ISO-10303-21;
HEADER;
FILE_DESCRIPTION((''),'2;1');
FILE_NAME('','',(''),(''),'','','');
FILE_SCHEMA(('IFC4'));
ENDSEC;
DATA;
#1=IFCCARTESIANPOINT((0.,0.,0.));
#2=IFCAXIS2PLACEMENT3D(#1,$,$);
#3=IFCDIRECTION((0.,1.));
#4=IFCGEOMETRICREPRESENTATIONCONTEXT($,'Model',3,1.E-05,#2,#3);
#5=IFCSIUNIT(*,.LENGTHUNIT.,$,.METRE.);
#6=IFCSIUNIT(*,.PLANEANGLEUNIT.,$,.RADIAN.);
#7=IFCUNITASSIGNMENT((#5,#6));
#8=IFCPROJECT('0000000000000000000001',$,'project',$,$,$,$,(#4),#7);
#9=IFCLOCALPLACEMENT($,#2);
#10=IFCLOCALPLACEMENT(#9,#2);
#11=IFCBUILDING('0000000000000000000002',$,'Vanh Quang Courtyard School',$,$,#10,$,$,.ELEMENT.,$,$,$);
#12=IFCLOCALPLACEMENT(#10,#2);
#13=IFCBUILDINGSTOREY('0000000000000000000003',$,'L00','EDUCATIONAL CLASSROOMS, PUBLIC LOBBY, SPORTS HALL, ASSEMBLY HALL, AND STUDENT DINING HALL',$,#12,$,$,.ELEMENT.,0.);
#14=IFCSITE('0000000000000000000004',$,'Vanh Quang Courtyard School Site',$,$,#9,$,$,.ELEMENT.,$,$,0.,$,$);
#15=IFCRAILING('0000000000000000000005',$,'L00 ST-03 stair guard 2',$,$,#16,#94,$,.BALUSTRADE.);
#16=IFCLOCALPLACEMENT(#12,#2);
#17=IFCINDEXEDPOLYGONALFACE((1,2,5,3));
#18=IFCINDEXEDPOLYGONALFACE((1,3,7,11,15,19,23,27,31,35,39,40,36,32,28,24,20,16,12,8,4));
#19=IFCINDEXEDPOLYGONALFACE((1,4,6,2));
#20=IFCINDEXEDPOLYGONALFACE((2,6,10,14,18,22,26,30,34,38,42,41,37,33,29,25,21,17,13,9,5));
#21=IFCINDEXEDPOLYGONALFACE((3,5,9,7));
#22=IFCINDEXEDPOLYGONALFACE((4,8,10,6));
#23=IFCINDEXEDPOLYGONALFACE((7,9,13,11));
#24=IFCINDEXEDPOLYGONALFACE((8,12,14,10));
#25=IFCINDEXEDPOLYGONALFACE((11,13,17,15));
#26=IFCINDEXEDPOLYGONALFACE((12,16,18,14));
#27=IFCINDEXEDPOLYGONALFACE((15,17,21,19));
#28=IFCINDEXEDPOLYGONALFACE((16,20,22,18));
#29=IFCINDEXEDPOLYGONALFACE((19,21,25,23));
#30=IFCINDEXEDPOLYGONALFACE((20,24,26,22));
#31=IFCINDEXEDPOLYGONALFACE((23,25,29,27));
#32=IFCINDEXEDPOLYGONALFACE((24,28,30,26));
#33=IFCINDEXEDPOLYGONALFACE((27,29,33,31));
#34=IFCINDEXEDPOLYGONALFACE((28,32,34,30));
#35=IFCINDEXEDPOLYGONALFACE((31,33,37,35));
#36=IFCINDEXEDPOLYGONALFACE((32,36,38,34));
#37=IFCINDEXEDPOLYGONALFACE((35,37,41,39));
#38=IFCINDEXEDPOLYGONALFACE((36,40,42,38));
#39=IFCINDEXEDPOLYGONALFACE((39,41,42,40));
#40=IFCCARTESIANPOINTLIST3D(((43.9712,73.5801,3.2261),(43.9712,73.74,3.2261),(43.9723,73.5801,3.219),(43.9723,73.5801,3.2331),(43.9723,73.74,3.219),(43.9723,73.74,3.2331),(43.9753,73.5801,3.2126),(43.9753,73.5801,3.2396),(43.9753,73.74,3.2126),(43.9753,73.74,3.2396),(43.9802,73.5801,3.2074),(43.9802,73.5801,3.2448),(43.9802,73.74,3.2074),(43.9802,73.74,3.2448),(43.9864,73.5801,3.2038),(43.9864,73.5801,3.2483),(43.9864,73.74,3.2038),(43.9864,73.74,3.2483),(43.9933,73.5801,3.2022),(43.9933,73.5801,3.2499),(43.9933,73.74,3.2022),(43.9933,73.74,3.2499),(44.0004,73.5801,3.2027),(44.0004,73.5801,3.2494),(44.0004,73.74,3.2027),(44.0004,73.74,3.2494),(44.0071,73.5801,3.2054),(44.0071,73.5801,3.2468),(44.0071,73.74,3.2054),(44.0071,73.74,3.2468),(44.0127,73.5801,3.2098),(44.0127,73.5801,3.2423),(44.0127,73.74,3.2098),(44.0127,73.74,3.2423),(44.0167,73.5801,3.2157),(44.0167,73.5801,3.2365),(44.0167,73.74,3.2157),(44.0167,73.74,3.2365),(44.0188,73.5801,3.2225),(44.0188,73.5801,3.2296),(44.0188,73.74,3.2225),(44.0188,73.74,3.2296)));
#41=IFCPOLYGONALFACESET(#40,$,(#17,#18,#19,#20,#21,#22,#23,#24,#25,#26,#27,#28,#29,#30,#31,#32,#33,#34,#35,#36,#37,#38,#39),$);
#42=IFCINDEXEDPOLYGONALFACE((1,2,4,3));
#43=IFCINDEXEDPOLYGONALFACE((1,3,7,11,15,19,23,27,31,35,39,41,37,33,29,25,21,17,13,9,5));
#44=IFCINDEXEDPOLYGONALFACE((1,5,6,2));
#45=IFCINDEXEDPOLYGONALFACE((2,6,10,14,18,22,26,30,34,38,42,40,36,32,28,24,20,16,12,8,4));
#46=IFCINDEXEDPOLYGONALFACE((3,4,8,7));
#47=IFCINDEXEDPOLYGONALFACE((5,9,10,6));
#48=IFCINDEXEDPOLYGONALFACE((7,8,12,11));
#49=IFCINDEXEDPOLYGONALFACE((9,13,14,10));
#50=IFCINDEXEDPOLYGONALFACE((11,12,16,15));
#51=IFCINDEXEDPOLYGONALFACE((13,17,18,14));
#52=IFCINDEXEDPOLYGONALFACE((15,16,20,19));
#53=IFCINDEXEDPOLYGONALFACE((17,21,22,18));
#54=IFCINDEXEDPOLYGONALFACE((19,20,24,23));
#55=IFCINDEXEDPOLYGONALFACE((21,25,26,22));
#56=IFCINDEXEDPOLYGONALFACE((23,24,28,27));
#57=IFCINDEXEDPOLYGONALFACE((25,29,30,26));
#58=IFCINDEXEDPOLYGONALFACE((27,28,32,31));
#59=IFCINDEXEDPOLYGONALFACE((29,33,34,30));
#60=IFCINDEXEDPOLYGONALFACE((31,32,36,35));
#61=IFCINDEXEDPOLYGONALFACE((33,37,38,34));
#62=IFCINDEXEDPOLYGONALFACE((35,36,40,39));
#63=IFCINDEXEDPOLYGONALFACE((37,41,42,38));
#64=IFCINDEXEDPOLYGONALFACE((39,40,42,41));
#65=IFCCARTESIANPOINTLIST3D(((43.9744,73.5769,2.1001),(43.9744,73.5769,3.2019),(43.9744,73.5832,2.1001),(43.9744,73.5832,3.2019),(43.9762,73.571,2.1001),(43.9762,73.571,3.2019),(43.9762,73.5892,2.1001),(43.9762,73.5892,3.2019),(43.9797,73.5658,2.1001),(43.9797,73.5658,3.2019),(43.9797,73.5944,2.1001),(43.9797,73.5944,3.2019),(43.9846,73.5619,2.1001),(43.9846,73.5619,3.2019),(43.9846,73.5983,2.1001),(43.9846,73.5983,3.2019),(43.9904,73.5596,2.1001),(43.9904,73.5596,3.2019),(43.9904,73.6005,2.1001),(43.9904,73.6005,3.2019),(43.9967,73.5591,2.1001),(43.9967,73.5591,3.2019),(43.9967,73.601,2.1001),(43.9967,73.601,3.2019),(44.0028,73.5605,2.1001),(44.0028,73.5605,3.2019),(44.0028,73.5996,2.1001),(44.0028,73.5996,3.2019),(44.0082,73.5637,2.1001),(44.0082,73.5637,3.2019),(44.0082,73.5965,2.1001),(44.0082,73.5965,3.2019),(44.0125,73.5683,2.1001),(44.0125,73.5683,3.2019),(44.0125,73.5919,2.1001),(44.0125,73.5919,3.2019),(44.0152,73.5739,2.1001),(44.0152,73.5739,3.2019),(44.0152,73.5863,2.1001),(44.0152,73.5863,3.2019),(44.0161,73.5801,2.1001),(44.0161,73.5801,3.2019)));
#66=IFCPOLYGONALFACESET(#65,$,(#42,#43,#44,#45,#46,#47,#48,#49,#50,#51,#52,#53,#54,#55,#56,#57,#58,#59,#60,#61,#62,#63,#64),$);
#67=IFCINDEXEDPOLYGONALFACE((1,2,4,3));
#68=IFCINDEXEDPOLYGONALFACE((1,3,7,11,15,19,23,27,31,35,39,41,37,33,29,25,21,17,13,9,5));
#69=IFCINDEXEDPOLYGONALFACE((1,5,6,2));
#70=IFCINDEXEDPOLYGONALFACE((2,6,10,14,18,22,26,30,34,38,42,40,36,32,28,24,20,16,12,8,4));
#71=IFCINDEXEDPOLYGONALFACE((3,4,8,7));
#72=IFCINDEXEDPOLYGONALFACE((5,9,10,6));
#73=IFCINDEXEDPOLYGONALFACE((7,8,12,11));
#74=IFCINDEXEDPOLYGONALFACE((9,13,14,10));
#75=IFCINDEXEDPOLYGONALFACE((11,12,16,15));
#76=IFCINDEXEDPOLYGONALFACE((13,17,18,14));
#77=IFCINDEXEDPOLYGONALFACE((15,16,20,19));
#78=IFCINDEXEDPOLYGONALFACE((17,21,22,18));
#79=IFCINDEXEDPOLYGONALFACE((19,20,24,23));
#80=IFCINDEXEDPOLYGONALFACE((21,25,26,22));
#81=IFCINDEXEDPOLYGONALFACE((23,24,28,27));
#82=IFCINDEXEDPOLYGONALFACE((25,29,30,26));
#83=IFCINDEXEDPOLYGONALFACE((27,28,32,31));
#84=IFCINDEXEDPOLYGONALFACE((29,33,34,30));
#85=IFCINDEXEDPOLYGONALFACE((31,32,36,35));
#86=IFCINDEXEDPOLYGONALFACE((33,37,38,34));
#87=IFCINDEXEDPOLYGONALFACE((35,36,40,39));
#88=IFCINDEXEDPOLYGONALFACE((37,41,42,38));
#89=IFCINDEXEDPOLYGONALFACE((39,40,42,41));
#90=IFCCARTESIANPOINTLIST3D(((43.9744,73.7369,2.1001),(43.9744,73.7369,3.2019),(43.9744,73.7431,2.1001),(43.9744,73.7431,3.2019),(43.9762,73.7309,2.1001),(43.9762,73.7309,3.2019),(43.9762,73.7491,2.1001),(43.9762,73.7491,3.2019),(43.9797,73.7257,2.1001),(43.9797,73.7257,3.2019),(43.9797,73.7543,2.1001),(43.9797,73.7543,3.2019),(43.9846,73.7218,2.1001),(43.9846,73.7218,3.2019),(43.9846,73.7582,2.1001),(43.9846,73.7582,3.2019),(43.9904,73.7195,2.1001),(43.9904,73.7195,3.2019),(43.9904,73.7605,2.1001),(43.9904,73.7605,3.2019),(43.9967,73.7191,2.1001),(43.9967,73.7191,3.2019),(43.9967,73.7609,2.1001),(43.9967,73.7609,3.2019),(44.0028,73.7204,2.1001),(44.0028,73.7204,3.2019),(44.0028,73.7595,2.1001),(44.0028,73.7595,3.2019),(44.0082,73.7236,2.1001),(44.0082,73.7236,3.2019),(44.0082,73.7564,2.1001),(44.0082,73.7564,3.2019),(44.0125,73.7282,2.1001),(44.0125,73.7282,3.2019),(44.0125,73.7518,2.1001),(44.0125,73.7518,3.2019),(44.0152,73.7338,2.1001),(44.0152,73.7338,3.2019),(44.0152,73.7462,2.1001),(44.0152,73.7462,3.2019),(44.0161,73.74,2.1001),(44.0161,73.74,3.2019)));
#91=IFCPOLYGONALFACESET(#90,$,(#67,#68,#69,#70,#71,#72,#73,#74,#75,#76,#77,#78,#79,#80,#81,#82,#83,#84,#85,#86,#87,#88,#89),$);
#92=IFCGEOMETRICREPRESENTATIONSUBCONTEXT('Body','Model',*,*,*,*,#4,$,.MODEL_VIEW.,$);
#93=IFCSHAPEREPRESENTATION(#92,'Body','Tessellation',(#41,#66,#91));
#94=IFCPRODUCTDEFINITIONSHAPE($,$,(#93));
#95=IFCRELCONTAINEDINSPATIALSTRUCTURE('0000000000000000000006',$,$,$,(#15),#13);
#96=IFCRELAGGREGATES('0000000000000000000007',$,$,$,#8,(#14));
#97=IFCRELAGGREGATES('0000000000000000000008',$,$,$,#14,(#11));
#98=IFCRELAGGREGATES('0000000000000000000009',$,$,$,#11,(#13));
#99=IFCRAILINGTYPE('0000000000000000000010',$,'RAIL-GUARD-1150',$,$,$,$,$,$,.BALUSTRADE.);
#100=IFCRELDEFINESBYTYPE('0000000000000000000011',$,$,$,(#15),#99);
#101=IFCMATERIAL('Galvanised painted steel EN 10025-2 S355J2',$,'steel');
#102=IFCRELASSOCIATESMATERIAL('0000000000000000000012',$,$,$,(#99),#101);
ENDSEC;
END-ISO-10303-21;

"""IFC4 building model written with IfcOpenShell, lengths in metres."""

from ifc_helpers import new_model, si_unit, direction, frame, origin, origin_2d, place, context, subcontext, project, spatial, circle, extrude, material, type_object, element, save


model = new_model("IFC4")

# Units and contexts
model_context = context("Model", 3, precision=1e-05, world=origin(), true_north=direction((0.0, 1.0)))
body_context = subcontext(model_context, "Body", "Model", "MODEL_VIEW")
ifc_project = project(units=[si_unit("LENGTHUNIT", "METRE"), si_unit("PLANEANGLEUNIT", "RADIAN")], contexts=[model_context])

# Site, building, storey
site_placement = place(None, origin())
site = spatial("IfcSite", under=ifc_project, at=site_placement, Name="Vanh Quang Courtyard School Site", CompositionType="ELEMENT", RefElevation=0.0)
building_placement = place(site_placement, origin())
building = spatial("IfcBuilding", under=site, at=building_placement, Name="Vanh Quang Courtyard School", CompositionType="ELEMENT")
storey_placement = place(building_placement, origin())
storey = spatial("IfcBuildingStorey", under=building, at=storey_placement, Name="L00", Description="EDUCATIONAL CLASSROOMS, PUBLIC LOBBY, SPORTS HALL, ASSEMBLY HALL, AND STUDENT DINING HALL", CompositionType="ELEMENT", Elevation=0.0)

# Railing
ifc_material_1 = material(Name="Galvanised painted steel EN 10025-2 S355J2", Category="steel")
railing_type_1 = type_object("IfcRailingType", Name="RAIL-GUARD-1150", PredefinedType="BALUSTRADE", material=ifc_material_1)
railing_1_placement = place(storey_placement, frame((43.9951, 73.5801, 2.1001)))
element("IfcRailing", 1, at=railing_1_placement, inside=storey, type_object=railing_type_1, Name="L00 ST-03 stair guard 2", PredefinedType="BALUSTRADE", context=body_context, shape_type="SweptSolid", body=[
    extrude(circle(Radius=0.0239, at=origin_2d()), frame((0.0, 0.0, 1.126), z_axis=(0.0, 1.0, 0.0), x_axis=(-1.0, 0.0, 0.0)), (0.0, 0.0, 1.0), 0.1599),
    extrude(circle(Radius=0.021, at=origin_2d()), origin(), (0.0, 0.0, 1.0), 1.1018),
    extrude(circle(Radius=0.021, at=origin_2d()), frame((0.0, 0.1599, 0.0)), (0.0, 0.0, 1.0), 1.1018),
])

save(model, "model.ifc")
